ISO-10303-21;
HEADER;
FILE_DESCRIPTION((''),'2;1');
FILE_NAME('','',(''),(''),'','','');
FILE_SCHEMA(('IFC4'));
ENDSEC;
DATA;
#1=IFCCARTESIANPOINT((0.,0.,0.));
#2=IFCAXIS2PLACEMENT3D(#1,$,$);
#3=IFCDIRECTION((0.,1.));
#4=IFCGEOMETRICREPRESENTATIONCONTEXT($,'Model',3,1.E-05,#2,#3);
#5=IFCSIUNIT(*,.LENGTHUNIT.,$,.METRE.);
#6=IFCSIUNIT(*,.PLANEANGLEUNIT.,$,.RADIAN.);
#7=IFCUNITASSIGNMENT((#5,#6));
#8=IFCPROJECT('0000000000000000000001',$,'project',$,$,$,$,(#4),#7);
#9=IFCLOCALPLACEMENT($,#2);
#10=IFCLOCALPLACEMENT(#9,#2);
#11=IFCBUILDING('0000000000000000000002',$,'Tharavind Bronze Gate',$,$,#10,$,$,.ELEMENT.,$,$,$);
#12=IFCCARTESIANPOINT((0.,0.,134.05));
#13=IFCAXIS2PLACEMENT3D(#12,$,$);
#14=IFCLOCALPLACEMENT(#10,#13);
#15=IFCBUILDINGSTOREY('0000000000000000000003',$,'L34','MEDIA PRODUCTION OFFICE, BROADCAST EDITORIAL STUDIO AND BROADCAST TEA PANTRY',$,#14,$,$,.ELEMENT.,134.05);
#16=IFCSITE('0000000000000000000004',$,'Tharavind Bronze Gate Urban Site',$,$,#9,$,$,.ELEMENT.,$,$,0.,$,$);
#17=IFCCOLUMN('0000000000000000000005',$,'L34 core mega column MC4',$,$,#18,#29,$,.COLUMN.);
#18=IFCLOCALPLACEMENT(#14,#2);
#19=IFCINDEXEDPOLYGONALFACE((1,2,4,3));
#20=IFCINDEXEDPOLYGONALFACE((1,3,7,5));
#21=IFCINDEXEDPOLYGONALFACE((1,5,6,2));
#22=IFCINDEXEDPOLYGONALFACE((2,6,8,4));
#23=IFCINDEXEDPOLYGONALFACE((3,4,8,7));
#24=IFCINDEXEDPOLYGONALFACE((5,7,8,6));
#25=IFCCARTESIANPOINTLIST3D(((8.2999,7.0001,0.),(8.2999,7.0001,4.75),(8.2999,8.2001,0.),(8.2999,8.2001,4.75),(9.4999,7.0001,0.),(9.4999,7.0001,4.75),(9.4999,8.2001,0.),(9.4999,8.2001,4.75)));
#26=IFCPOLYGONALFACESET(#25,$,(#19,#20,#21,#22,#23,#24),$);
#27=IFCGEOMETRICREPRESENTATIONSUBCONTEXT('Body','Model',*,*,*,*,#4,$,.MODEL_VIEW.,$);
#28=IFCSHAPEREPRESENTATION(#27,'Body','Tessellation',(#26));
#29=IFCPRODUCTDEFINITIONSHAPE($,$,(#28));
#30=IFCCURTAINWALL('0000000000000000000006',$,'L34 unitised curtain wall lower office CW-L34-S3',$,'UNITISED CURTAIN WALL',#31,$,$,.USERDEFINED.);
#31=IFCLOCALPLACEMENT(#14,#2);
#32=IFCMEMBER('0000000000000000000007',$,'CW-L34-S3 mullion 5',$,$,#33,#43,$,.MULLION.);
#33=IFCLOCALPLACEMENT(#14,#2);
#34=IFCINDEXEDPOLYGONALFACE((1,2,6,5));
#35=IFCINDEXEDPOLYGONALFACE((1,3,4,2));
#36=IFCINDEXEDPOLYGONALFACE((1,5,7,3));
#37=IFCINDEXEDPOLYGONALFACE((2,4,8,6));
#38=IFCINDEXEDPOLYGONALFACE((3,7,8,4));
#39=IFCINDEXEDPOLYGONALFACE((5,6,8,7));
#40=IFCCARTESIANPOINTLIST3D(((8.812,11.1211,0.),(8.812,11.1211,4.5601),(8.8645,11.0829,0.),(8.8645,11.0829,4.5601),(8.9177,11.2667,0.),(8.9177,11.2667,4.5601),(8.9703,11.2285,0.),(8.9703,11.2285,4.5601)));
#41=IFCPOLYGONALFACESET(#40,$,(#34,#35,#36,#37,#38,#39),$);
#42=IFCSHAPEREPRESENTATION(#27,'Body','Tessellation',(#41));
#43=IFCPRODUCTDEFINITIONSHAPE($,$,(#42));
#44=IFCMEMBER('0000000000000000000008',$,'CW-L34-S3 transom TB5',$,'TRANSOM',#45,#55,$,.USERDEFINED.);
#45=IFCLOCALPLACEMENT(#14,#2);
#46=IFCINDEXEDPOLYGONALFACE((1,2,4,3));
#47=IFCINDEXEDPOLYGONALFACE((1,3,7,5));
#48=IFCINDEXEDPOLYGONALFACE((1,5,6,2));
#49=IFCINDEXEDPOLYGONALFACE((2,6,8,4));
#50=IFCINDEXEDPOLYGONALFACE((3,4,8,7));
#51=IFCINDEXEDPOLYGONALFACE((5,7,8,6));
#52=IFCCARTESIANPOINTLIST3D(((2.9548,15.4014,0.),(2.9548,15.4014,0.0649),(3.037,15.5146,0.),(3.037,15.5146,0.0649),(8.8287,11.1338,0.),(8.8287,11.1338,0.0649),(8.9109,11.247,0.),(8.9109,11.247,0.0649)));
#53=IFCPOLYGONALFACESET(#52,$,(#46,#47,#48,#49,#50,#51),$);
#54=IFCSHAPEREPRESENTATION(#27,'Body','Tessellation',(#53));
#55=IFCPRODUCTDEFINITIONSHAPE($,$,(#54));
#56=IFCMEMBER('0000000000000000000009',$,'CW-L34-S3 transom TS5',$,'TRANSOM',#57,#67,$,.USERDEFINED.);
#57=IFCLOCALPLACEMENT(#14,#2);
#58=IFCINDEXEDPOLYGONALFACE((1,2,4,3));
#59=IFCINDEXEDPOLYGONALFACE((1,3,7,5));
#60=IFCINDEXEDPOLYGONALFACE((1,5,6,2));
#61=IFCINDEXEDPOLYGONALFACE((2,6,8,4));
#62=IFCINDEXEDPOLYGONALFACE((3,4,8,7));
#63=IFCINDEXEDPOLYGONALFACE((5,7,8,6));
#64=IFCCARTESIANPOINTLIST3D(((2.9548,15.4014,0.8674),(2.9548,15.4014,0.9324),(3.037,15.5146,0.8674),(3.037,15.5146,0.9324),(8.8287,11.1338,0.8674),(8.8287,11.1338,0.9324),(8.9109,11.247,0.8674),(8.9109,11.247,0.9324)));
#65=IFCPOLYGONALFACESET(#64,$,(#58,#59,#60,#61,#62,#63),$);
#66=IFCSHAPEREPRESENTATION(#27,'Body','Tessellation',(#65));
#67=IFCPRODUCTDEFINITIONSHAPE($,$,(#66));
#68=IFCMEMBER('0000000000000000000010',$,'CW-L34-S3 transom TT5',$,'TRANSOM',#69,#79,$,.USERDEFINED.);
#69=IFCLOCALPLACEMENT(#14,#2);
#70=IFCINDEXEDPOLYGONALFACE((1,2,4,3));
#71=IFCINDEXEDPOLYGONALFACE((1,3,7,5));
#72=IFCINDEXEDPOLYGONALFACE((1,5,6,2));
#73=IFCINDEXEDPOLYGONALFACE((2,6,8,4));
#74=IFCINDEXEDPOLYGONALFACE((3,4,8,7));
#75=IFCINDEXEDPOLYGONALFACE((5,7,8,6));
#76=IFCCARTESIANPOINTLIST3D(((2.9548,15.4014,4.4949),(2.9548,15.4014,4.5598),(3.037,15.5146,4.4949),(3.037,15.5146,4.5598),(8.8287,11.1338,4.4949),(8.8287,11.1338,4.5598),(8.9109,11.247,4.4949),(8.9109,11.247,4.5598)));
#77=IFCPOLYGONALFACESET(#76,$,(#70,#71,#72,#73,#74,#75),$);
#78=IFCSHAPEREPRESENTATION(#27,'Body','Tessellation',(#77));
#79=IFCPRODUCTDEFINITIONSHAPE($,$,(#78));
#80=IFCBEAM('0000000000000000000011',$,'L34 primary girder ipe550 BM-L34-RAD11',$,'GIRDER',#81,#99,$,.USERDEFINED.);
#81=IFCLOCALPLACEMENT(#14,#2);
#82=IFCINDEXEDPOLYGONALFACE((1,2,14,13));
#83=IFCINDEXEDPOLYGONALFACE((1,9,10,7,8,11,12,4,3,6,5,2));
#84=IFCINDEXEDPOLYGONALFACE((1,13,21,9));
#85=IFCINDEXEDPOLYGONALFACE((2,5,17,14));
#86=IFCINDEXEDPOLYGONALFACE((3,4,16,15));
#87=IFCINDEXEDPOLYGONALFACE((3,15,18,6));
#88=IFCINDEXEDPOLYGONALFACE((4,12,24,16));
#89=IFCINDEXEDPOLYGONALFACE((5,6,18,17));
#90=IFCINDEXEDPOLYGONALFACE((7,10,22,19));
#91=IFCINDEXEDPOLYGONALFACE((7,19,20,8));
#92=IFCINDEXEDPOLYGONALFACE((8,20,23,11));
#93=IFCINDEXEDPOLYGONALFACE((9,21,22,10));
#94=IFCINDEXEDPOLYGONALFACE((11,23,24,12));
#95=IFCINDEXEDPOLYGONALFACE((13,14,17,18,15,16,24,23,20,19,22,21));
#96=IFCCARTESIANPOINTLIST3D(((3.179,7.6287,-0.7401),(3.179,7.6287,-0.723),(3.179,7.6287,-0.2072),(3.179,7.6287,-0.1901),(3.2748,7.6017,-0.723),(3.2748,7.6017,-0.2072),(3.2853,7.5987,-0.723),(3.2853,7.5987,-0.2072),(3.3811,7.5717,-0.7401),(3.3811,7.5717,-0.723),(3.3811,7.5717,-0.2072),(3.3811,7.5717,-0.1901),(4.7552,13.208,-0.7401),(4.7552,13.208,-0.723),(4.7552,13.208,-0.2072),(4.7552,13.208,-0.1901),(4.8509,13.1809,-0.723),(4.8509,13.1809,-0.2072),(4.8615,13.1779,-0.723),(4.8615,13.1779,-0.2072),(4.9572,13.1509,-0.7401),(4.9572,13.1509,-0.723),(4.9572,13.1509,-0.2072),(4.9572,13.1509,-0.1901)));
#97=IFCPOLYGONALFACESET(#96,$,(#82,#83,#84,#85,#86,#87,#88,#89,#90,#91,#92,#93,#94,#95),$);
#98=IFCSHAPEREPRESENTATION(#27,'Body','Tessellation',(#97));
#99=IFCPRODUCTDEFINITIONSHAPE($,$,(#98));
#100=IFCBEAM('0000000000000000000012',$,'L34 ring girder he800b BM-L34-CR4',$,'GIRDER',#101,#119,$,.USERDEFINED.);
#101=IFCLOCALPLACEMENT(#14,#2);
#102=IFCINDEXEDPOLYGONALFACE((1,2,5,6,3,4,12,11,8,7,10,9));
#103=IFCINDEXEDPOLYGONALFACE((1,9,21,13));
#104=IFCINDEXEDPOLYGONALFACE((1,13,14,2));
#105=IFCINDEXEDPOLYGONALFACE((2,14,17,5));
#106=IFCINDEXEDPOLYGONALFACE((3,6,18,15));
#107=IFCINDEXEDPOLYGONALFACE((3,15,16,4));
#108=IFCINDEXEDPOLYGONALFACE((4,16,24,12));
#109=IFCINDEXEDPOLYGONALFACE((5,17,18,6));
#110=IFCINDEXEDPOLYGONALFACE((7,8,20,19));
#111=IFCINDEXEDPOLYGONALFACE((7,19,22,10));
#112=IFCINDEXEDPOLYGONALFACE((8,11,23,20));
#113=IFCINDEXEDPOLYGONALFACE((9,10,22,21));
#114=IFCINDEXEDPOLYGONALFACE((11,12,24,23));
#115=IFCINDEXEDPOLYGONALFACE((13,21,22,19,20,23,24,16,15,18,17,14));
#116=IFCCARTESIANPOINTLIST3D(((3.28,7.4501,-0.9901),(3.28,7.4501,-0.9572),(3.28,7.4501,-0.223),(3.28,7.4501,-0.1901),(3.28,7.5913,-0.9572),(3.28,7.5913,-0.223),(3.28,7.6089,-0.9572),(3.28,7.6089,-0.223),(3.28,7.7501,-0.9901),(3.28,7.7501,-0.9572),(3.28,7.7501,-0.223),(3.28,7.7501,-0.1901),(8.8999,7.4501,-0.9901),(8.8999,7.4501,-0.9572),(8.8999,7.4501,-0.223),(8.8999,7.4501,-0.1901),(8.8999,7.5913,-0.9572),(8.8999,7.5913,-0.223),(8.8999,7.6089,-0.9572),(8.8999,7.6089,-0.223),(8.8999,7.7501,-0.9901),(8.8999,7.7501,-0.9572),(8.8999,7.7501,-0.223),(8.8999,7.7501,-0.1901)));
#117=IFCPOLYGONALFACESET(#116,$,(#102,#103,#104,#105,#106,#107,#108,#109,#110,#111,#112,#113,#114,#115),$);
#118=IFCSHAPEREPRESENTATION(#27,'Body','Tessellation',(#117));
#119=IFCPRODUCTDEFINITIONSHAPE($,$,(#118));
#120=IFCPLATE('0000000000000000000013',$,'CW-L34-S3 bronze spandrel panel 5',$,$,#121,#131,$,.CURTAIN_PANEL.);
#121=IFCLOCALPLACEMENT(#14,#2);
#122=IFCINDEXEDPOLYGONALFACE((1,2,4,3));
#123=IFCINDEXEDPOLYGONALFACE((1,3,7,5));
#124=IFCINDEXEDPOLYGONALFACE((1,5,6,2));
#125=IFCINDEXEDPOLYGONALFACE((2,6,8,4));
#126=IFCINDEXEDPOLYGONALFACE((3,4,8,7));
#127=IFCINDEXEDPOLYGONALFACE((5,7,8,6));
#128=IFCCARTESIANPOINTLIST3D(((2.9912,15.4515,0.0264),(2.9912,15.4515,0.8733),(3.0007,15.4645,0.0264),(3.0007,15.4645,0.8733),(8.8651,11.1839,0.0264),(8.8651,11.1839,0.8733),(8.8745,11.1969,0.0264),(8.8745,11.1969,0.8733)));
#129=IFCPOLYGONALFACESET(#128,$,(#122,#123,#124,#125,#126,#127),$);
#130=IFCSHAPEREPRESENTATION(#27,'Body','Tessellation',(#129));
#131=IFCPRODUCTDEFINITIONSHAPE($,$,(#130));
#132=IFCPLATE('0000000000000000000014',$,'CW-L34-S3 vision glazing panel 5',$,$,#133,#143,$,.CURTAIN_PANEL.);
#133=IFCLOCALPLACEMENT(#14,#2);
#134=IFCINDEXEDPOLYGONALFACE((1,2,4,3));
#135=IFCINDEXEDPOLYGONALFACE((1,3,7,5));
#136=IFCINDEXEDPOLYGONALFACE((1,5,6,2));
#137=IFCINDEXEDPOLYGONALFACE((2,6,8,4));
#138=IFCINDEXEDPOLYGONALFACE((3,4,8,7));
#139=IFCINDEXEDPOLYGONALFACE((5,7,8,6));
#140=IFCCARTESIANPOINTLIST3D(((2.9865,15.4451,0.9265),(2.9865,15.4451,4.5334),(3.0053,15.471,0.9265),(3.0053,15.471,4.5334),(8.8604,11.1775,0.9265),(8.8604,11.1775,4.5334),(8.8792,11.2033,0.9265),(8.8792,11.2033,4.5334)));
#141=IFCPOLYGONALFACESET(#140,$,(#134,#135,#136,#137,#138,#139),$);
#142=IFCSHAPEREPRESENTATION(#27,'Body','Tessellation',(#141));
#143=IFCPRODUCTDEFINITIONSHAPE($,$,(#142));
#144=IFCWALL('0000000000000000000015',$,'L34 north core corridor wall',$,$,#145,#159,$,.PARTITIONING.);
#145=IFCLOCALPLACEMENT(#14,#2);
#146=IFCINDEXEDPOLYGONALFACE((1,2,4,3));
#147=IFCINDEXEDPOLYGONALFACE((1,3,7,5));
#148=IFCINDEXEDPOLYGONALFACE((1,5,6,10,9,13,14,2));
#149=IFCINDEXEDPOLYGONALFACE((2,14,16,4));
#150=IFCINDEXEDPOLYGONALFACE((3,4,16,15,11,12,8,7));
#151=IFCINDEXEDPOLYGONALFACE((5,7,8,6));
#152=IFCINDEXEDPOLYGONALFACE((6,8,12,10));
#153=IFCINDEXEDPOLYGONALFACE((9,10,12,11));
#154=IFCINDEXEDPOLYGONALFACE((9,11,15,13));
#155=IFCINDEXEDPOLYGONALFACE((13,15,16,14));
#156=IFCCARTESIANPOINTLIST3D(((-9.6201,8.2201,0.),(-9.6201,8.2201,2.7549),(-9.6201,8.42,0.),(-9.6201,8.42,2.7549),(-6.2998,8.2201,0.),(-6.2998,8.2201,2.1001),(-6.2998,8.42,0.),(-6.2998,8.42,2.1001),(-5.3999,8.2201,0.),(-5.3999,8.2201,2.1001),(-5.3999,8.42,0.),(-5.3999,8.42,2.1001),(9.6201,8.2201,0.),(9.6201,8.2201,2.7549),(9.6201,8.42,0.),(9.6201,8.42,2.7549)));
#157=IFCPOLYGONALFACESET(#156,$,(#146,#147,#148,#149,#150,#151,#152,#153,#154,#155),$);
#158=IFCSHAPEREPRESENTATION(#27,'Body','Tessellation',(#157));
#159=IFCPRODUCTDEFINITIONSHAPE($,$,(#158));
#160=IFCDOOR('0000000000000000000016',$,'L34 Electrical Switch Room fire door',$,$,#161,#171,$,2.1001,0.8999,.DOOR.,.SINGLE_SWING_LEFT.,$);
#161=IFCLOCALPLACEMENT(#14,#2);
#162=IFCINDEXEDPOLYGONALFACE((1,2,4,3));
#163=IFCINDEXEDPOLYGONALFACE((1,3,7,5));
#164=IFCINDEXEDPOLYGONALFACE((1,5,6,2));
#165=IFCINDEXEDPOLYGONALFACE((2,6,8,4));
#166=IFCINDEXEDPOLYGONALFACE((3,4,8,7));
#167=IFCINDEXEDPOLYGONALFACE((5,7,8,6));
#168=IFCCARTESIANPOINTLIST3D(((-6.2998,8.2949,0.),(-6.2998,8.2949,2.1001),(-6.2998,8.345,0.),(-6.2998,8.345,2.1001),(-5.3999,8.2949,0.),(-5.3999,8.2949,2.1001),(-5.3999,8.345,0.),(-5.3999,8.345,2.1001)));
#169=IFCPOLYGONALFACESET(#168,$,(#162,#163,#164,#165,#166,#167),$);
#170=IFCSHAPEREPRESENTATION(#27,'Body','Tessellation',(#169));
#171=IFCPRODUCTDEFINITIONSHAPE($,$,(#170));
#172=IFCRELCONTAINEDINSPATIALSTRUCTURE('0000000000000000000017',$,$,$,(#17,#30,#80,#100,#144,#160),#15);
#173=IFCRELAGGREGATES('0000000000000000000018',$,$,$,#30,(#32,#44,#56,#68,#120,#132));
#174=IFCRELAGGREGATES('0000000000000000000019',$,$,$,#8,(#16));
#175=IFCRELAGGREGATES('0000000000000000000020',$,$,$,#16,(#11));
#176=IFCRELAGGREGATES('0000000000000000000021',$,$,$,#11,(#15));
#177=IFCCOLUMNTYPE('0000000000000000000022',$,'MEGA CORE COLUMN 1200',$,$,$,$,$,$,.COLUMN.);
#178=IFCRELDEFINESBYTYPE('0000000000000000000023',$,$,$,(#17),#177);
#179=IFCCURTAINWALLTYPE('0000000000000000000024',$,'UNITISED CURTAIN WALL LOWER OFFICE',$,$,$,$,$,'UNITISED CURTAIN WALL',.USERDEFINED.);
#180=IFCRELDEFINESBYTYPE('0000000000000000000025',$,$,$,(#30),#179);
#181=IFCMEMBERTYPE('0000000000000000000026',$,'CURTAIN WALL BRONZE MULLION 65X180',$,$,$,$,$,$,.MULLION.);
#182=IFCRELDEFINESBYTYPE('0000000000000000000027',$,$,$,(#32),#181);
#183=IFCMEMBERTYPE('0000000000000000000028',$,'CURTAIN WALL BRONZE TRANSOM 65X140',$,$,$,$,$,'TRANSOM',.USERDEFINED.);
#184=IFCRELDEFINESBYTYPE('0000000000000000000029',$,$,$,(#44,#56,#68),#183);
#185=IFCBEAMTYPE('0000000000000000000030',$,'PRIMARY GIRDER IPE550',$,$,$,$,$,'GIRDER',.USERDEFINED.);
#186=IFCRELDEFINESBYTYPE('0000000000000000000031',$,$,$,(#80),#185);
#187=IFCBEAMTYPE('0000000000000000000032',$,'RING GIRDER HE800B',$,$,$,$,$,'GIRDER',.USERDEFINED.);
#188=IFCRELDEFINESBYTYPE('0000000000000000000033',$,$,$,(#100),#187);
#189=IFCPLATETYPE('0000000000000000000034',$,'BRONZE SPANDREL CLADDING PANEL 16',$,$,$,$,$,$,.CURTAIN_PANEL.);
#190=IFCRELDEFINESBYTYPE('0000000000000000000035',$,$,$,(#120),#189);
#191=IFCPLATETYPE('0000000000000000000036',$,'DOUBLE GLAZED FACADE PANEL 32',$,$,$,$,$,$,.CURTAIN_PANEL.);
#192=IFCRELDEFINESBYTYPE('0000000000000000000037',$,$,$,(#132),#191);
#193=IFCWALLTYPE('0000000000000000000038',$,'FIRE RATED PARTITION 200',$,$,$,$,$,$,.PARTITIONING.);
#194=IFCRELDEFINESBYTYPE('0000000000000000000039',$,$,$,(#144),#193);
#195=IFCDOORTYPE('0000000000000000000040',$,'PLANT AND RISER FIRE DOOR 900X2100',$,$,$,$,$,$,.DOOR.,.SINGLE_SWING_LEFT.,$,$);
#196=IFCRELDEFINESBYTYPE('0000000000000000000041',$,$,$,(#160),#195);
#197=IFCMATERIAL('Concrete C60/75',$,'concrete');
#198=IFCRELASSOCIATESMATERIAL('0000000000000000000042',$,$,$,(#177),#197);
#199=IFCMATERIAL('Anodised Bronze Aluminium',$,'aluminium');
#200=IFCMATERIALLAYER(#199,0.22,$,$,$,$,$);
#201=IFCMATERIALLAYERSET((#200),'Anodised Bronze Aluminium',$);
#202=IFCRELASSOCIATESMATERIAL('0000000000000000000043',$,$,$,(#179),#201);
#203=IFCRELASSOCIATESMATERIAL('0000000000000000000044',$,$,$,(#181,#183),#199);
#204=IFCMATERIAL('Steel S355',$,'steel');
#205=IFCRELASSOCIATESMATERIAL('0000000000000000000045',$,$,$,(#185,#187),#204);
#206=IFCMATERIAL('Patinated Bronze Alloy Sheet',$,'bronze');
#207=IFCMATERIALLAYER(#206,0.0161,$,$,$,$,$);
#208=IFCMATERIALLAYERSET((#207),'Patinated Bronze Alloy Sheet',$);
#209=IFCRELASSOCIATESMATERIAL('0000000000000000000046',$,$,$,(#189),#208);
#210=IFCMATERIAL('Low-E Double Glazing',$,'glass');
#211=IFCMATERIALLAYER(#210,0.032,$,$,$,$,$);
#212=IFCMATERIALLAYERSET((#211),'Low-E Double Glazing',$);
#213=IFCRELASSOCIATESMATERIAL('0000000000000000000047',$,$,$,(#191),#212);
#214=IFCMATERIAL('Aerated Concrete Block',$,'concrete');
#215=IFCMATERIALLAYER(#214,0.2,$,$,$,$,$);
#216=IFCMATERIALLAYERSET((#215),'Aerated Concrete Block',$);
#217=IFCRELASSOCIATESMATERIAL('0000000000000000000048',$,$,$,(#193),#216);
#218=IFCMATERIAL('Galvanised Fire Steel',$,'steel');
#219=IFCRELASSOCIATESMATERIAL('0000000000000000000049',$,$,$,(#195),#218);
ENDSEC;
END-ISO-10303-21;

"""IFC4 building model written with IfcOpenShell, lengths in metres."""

from ifc_helpers import new_model, si_unit, direction, frame, frame_2d, origin, origin_2d, place, context, subcontext, project, spatial, rectangle, i_section, extrude, material, layer, layer_set, material_profile, profile_set, type_object, element, fill, aggregate, save


model = new_model("IFC4")

# Units and contexts
model_context = context("Model", 3, precision=1e-05, world=origin(), true_north=direction((0.0, 1.0)))
body_context = subcontext(model_context, "Body", "Model", "MODEL_VIEW")
ifc_project = project(units=[si_unit("LENGTHUNIT", "METRE"), si_unit("PLANEANGLEUNIT", "RADIAN")], contexts=[model_context])

# Site, building, storey
site_placement = place(None, origin())
site = spatial("IfcSite", under=ifc_project, at=site_placement, Name="Tharavind Bronze Gate Urban Site", CompositionType="ELEMENT", RefElevation=0.0)
building_placement = place(site_placement, origin())
building = spatial("IfcBuilding", under=site, at=building_placement, Name="Tharavind Bronze Gate", CompositionType="ELEMENT")
storey_placement = place(building_placement, frame((0.0, 0.0, 134.05)))
storey = spatial("IfcBuildingStorey", under=building, at=storey_placement, Name="L34", Description="MEDIA PRODUCTION OFFICE, BROADCAST EDITORIAL STUDIO AND BROADCAST TEA PANTRY", CompositionType="ELEMENT", Elevation=134.05)

# Column
ifc_material_1 = material(Name="Concrete C60/75", Category="concrete")
ifc_material_profile_1 = material_profile(ifc_material_1, rectangle(XDim=1.2, YDim=1.2, at=origin_2d()), Name="RCCOL1200")
ifc_profile_set_1 = profile_set([ifc_material_profile_1], Name="Concrete C60/75")
column_type = type_object("IfcColumnType", Name="MEGA CORE COLUMN 1200", PredefinedType="COLUMN", material=ifc_profile_set_1)
column_placement = place(storey_placement, frame((8.8999, 7.6001, 0.0), z_axis=(0.0, 0.0, 1.0), x_axis=(1.0, 0.0, 0.0)))
element("IfcColumn", 1, at=column_placement, inside=storey, type_object=column_type, Name="L34 core mega column MC4", PredefinedType="COLUMN", context=body_context, shape_type="SweptSolid", body=[
    extrude(rectangle(XDim=1.2, YDim=1.2, at=origin_2d()), origin(), (0.0, 0.0, 1.0), 4.75),
])

# Curtain wall, members
ifc_material_2 = material(Name="Anodised Bronze Aluminium", Category="aluminium")
ifc_layer_1 = layer(ifc_material_2, 0.22)
ifc_layer_set_1 = layer_set([ifc_layer_1], Name="Anodised Bronze Aluminium")
curtain_wall_type = type_object("IfcCurtainWallType", Name="UNITISED CURTAIN WALL LOWER OFFICE", ElementType="UNITISED CURTAIN WALL", PredefinedType="USERDEFINED", material=ifc_layer_set_1)
curtain_wall_placement = place(storey_placement, origin())
curtain_wall = element("IfcCurtainWall", 2, at=curtain_wall_placement, inside=storey, type_object=curtain_wall_type, Name="L34 unitised curtain wall lower office CW-L34-S3", ObjectType="UNITISED CURTAIN WALL", PredefinedType="USERDEFINED")
member_type_1 = type_object("IfcMemberType", Name="CURTAIN WALL BRONZE MULLION 65X180", PredefinedType="MULLION", material=ifc_material_2)
member_1_placement = place(storey_placement, frame((8.8911, 11.1748, 0.0), z_axis=(0.0, 0.0, 1.0), x_axis=(-0.809017, 0.587785, 0.0)))
member_1 = element("IfcMember", 3, at=member_1_placement, type_object=member_type_1, Name="CW-L34-S3 mullion 5", PredefinedType="MULLION", context=body_context, shape_type="SweptSolid", body=[
    extrude(rectangle(XDim=0.0649, YDim=0.1799, at=origin_2d()), origin(), (0.0, 0.0, 1.0), 4.5601),
])
member_type_2 = type_object("IfcMemberType", Name="CURTAIN WALL BRONZE TRANSOM 65X140", ElementType="TRANSOM", PredefinedType="USERDEFINED", material=ifc_material_2)
member_2_placement = place(storey_placement, frame((5.9329, 13.3242, 0.0), z_axis=(0.0, 0.0, 1.0), x_axis=(-0.809017, 0.587785, 0.0)))
member_2 = element("IfcMember", 4, at=member_2_placement, type_object=member_type_2, Name="CW-L34-S3 transom TB5", ObjectType="TRANSOM", PredefinedType="USERDEFINED", context=body_context, shape_type="SweptSolid", body=[
    extrude(rectangle(XDim=7.2605, YDim=0.1399, at=origin_2d()), origin(), (0.0, 0.0, 1.0), 0.0649),
])
member_3_placement = place(storey_placement, frame((5.9329, 13.3242, 0.8674), z_axis=(0.0, 0.0, 1.0), x_axis=(-0.809017, 0.587785, 0.0)))
member_3 = element("IfcMember", 5, at=member_3_placement, type_object=member_type_2, Name="CW-L34-S3 transom TS5", ObjectType="TRANSOM", PredefinedType="USERDEFINED", context=body_context, shape_type="SweptSolid", body=[
    extrude(rectangle(XDim=7.2605, YDim=0.1399, at=origin_2d()), origin(), (0.0, 0.0, 1.0), 0.0649),
])
member_4_placement = place(storey_placement, frame((5.9329, 13.3242, 4.4949), z_axis=(0.0, 0.0, 1.0), x_axis=(-0.809017, 0.587785, 0.0)))
member_4 = element("IfcMember", 6, at=member_4_placement, type_object=member_type_2, Name="CW-L34-S3 transom TT5", ObjectType="TRANSOM", PredefinedType="USERDEFINED", context=body_context, shape_type="SweptSolid", body=[
    extrude(rectangle(XDim=7.2605, YDim=0.1399, at=origin_2d()), origin(), (0.0, 0.0, 1.0), 0.0649),
])

# Beams
ifc_material_3 = material(Name="Steel S355", Category="steel")
ifc_material_profile_2 = material_profile(ifc_material_3, i_section(OverallWidth=0.21, OverallDepth=0.55, WebThickness=0.011, FlangeThickness=0.0171, at=origin_2d()), Name="IPE550")
ifc_profile_set_2 = profile_set([ifc_material_profile_2], Name="Steel S355")
beam_type_1 = type_object("IfcBeamType", Name="PRIMARY GIRDER IPE550", ElementType="GIRDER", PredefinedType="USERDEFINED", material=ifc_profile_set_2)
beam_1_placement = place(storey_placement, frame((4.8562, 13.1794, -0.4651), z_axis=(-0.271861, -0.962336, 0.0), x_axis=(0.962336, -0.271861, 0.0)))
element("IfcBeam", 7, at=beam_1_placement, inside=storey, type_object=beam_type_1, Name="L34 primary girder ipe550 BM-L34-RAD11", ObjectType="GIRDER", PredefinedType="USERDEFINED", context=body_context, shape_type="SweptSolid", body=[
    extrude(i_section(OverallWidth=0.21, OverallDepth=0.55, WebThickness=0.011, FlangeThickness=0.0171, at=origin_2d()), origin(), (0.0, 0.0, 1.0), 5.7976),
])
ifc_material_profile_3 = material_profile(ifc_material_3, i_section(OverallWidth=0.3, OverallDepth=0.8, WebThickness=0.0176, FlangeThickness=0.033, at=origin_2d()), Name="HE800B")
ifc_profile_set_3 = profile_set([ifc_material_profile_3], Name="Steel S355")
beam_type_2 = type_object("IfcBeamType", Name="RING GIRDER HE800B", ElementType="GIRDER", PredefinedType="USERDEFINED", material=ifc_profile_set_3)
beam_2_placement = place(storey_placement, frame((8.8999, 7.6001, -0.5901), z_axis=(-1.0, 0.0, 0.0), x_axis=(0.0, -1.0, 0.0)))
element("IfcBeam", 8, at=beam_2_placement, inside=storey, type_object=beam_type_2, Name="L34 ring girder he800b BM-L34-CR4", ObjectType="GIRDER", PredefinedType="USERDEFINED", context=body_context, shape_type="SweptSolid", body=[
    extrude(i_section(OverallWidth=0.3, OverallDepth=0.8, WebThickness=0.0176, FlangeThickness=0.033, at=origin_2d()), origin(), (0.0, 0.0, 1.0), 5.6199),
])

# Plates
ifc_material_4 = material(Name="Patinated Bronze Alloy Sheet", Category="bronze")
ifc_layer_2 = layer(ifc_material_4, 0.0161)
ifc_layer_set_2 = layer_set([ifc_layer_2], Name="Patinated Bronze Alloy Sheet")
plate_type_1 = type_object("IfcPlateType", Name="BRONZE SPANDREL CLADDING PANEL 16", PredefinedType="CURTAIN_PANEL", material=ifc_layer_set_2)
plate_1_placement = place(storey_placement, frame((5.9329, 13.3242, 0.0264), z_axis=(0.0, 0.0, 1.0), x_axis=(-0.809017, 0.587785, 0.0)))
plate_1 = element("IfcPlate", 9, at=plate_1_placement, type_object=plate_type_1, Name="CW-L34-S3 bronze spandrel panel 5", PredefinedType="CURTAIN_PANEL", context=body_context, shape_type="SweptSolid", body=[
    extrude(rectangle(XDim=7.2605, YDim=0.0161, at=origin_2d()), origin(), (0.0, 0.0, 1.0), 0.8469),
])
ifc_material_5 = material(Name="Low-E Double Glazing", Category="glass")
ifc_layer_3 = layer(ifc_material_5, 0.032)
ifc_layer_set_3 = layer_set([ifc_layer_3], Name="Low-E Double Glazing")
plate_type_2 = type_object("IfcPlateType", Name="DOUBLE GLAZED FACADE PANEL 32", PredefinedType="CURTAIN_PANEL", material=ifc_layer_set_3)
plate_2_placement = place(storey_placement, frame((5.9329, 13.3242, 0.9265), z_axis=(0.0, 0.0, 1.0), x_axis=(-0.809017, 0.587785, 0.0)))
plate_2 = element("IfcPlate", 10, at=plate_2_placement, type_object=plate_type_2, Name="CW-L34-S3 vision glazing panel 5", PredefinedType="CURTAIN_PANEL", context=body_context, shape_type="SweptSolid", body=[
    extrude(rectangle(XDim=7.2605, YDim=0.032, at=origin_2d()), origin(), (0.0, 0.0, 1.0), 3.6069),
])
aggregate(curtain_wall, [member_1, member_2, member_3, member_4, plate_1, plate_2])

# Wall, opening, door
ifc_material_6 = material(Name="Aerated Concrete Block", Category="concrete")
ifc_layer_4 = layer(ifc_material_6, 0.2)
ifc_layer_set_4 = layer_set([ifc_layer_4], Name="Aerated Concrete Block")
wall_type_1 = type_object("IfcWallType", Name="FIRE RATED PARTITION 200", PredefinedType="PARTITIONING", material=ifc_layer_set_4)
wall_1_placement = place(storey_placement, frame((9.6201, 8.3201, 0.0), z_axis=(0.0, 0.0, 1.0), x_axis=(-1.0, 0.0, 0.0)))
wall_1 = element("IfcWall", 11, at=wall_1_placement, inside=storey, type_object=wall_type_1, Name="L34 north core corridor wall", PredefinedType="PARTITIONING", context=body_context, shape_type="SweptSolid", body=[
    extrude(rectangle(XDim=19.2402, YDim=0.2, at=frame_2d((9.6201, 0.0))), origin(), (0.0, 0.0, 1.0), 2.7549),
])
opening_1_placement = place(wall_1_placement, frame((15.02, 0.0, 0.0)))
opening_1 = element("IfcOpeningElement", 12, at=opening_1_placement, cuts=wall_1, PredefinedType="OPENING", context=body_context, shape_type="SweptSolid", body=[
    extrude(rectangle(XDim=0.8999, YDim=2.1001, at=frame_2d((0.45, 1.05))), frame((0.0, 0.1101, 0.0), z_axis=(0.0, -1.0, 0.0), x_axis=(1.0, 0.0, 0.0)), (0.0, 0.0, 1.0), 0.22),
])
ifc_material_7 = material(Name="Galvanised Fire Steel", Category="steel")
door_type_1 = type_object("IfcDoorType", Name="PLANT AND RISER FIRE DOOR 900X2100", OperationType="SINGLE_SWING_LEFT", PredefinedType="DOOR", material=ifc_material_7)
door_1_placement = place(opening_1_placement, frame((0.8999, 0.0, 0.0), z_axis=(0.0, 0.0, 1.0), x_axis=(-1.0, 0.0, 0.0)))
door_1 = element("IfcDoor", 13, at=door_1_placement, inside=storey, type_object=door_type_1, Name="L34 Electrical Switch Room fire door", OperationType="SINGLE_SWING_LEFT", OverallHeight=2.1001, OverallWidth=0.8999, PredefinedType="DOOR", context=body_context, shape_type="SweptSolid", body=[
    extrude(rectangle(XDim=0.8999, YDim=2.1001, at=frame_2d((0.45, 1.05))), frame((0.0, 0.0249, 0.0), z_axis=(0.0, -1.0, 0.0), x_axis=(1.0, 0.0, 0.0)), (0.0, 0.0, 1.0), 0.05),
])
fill(opening_1, door_1)

save(model, "model.ifc")
